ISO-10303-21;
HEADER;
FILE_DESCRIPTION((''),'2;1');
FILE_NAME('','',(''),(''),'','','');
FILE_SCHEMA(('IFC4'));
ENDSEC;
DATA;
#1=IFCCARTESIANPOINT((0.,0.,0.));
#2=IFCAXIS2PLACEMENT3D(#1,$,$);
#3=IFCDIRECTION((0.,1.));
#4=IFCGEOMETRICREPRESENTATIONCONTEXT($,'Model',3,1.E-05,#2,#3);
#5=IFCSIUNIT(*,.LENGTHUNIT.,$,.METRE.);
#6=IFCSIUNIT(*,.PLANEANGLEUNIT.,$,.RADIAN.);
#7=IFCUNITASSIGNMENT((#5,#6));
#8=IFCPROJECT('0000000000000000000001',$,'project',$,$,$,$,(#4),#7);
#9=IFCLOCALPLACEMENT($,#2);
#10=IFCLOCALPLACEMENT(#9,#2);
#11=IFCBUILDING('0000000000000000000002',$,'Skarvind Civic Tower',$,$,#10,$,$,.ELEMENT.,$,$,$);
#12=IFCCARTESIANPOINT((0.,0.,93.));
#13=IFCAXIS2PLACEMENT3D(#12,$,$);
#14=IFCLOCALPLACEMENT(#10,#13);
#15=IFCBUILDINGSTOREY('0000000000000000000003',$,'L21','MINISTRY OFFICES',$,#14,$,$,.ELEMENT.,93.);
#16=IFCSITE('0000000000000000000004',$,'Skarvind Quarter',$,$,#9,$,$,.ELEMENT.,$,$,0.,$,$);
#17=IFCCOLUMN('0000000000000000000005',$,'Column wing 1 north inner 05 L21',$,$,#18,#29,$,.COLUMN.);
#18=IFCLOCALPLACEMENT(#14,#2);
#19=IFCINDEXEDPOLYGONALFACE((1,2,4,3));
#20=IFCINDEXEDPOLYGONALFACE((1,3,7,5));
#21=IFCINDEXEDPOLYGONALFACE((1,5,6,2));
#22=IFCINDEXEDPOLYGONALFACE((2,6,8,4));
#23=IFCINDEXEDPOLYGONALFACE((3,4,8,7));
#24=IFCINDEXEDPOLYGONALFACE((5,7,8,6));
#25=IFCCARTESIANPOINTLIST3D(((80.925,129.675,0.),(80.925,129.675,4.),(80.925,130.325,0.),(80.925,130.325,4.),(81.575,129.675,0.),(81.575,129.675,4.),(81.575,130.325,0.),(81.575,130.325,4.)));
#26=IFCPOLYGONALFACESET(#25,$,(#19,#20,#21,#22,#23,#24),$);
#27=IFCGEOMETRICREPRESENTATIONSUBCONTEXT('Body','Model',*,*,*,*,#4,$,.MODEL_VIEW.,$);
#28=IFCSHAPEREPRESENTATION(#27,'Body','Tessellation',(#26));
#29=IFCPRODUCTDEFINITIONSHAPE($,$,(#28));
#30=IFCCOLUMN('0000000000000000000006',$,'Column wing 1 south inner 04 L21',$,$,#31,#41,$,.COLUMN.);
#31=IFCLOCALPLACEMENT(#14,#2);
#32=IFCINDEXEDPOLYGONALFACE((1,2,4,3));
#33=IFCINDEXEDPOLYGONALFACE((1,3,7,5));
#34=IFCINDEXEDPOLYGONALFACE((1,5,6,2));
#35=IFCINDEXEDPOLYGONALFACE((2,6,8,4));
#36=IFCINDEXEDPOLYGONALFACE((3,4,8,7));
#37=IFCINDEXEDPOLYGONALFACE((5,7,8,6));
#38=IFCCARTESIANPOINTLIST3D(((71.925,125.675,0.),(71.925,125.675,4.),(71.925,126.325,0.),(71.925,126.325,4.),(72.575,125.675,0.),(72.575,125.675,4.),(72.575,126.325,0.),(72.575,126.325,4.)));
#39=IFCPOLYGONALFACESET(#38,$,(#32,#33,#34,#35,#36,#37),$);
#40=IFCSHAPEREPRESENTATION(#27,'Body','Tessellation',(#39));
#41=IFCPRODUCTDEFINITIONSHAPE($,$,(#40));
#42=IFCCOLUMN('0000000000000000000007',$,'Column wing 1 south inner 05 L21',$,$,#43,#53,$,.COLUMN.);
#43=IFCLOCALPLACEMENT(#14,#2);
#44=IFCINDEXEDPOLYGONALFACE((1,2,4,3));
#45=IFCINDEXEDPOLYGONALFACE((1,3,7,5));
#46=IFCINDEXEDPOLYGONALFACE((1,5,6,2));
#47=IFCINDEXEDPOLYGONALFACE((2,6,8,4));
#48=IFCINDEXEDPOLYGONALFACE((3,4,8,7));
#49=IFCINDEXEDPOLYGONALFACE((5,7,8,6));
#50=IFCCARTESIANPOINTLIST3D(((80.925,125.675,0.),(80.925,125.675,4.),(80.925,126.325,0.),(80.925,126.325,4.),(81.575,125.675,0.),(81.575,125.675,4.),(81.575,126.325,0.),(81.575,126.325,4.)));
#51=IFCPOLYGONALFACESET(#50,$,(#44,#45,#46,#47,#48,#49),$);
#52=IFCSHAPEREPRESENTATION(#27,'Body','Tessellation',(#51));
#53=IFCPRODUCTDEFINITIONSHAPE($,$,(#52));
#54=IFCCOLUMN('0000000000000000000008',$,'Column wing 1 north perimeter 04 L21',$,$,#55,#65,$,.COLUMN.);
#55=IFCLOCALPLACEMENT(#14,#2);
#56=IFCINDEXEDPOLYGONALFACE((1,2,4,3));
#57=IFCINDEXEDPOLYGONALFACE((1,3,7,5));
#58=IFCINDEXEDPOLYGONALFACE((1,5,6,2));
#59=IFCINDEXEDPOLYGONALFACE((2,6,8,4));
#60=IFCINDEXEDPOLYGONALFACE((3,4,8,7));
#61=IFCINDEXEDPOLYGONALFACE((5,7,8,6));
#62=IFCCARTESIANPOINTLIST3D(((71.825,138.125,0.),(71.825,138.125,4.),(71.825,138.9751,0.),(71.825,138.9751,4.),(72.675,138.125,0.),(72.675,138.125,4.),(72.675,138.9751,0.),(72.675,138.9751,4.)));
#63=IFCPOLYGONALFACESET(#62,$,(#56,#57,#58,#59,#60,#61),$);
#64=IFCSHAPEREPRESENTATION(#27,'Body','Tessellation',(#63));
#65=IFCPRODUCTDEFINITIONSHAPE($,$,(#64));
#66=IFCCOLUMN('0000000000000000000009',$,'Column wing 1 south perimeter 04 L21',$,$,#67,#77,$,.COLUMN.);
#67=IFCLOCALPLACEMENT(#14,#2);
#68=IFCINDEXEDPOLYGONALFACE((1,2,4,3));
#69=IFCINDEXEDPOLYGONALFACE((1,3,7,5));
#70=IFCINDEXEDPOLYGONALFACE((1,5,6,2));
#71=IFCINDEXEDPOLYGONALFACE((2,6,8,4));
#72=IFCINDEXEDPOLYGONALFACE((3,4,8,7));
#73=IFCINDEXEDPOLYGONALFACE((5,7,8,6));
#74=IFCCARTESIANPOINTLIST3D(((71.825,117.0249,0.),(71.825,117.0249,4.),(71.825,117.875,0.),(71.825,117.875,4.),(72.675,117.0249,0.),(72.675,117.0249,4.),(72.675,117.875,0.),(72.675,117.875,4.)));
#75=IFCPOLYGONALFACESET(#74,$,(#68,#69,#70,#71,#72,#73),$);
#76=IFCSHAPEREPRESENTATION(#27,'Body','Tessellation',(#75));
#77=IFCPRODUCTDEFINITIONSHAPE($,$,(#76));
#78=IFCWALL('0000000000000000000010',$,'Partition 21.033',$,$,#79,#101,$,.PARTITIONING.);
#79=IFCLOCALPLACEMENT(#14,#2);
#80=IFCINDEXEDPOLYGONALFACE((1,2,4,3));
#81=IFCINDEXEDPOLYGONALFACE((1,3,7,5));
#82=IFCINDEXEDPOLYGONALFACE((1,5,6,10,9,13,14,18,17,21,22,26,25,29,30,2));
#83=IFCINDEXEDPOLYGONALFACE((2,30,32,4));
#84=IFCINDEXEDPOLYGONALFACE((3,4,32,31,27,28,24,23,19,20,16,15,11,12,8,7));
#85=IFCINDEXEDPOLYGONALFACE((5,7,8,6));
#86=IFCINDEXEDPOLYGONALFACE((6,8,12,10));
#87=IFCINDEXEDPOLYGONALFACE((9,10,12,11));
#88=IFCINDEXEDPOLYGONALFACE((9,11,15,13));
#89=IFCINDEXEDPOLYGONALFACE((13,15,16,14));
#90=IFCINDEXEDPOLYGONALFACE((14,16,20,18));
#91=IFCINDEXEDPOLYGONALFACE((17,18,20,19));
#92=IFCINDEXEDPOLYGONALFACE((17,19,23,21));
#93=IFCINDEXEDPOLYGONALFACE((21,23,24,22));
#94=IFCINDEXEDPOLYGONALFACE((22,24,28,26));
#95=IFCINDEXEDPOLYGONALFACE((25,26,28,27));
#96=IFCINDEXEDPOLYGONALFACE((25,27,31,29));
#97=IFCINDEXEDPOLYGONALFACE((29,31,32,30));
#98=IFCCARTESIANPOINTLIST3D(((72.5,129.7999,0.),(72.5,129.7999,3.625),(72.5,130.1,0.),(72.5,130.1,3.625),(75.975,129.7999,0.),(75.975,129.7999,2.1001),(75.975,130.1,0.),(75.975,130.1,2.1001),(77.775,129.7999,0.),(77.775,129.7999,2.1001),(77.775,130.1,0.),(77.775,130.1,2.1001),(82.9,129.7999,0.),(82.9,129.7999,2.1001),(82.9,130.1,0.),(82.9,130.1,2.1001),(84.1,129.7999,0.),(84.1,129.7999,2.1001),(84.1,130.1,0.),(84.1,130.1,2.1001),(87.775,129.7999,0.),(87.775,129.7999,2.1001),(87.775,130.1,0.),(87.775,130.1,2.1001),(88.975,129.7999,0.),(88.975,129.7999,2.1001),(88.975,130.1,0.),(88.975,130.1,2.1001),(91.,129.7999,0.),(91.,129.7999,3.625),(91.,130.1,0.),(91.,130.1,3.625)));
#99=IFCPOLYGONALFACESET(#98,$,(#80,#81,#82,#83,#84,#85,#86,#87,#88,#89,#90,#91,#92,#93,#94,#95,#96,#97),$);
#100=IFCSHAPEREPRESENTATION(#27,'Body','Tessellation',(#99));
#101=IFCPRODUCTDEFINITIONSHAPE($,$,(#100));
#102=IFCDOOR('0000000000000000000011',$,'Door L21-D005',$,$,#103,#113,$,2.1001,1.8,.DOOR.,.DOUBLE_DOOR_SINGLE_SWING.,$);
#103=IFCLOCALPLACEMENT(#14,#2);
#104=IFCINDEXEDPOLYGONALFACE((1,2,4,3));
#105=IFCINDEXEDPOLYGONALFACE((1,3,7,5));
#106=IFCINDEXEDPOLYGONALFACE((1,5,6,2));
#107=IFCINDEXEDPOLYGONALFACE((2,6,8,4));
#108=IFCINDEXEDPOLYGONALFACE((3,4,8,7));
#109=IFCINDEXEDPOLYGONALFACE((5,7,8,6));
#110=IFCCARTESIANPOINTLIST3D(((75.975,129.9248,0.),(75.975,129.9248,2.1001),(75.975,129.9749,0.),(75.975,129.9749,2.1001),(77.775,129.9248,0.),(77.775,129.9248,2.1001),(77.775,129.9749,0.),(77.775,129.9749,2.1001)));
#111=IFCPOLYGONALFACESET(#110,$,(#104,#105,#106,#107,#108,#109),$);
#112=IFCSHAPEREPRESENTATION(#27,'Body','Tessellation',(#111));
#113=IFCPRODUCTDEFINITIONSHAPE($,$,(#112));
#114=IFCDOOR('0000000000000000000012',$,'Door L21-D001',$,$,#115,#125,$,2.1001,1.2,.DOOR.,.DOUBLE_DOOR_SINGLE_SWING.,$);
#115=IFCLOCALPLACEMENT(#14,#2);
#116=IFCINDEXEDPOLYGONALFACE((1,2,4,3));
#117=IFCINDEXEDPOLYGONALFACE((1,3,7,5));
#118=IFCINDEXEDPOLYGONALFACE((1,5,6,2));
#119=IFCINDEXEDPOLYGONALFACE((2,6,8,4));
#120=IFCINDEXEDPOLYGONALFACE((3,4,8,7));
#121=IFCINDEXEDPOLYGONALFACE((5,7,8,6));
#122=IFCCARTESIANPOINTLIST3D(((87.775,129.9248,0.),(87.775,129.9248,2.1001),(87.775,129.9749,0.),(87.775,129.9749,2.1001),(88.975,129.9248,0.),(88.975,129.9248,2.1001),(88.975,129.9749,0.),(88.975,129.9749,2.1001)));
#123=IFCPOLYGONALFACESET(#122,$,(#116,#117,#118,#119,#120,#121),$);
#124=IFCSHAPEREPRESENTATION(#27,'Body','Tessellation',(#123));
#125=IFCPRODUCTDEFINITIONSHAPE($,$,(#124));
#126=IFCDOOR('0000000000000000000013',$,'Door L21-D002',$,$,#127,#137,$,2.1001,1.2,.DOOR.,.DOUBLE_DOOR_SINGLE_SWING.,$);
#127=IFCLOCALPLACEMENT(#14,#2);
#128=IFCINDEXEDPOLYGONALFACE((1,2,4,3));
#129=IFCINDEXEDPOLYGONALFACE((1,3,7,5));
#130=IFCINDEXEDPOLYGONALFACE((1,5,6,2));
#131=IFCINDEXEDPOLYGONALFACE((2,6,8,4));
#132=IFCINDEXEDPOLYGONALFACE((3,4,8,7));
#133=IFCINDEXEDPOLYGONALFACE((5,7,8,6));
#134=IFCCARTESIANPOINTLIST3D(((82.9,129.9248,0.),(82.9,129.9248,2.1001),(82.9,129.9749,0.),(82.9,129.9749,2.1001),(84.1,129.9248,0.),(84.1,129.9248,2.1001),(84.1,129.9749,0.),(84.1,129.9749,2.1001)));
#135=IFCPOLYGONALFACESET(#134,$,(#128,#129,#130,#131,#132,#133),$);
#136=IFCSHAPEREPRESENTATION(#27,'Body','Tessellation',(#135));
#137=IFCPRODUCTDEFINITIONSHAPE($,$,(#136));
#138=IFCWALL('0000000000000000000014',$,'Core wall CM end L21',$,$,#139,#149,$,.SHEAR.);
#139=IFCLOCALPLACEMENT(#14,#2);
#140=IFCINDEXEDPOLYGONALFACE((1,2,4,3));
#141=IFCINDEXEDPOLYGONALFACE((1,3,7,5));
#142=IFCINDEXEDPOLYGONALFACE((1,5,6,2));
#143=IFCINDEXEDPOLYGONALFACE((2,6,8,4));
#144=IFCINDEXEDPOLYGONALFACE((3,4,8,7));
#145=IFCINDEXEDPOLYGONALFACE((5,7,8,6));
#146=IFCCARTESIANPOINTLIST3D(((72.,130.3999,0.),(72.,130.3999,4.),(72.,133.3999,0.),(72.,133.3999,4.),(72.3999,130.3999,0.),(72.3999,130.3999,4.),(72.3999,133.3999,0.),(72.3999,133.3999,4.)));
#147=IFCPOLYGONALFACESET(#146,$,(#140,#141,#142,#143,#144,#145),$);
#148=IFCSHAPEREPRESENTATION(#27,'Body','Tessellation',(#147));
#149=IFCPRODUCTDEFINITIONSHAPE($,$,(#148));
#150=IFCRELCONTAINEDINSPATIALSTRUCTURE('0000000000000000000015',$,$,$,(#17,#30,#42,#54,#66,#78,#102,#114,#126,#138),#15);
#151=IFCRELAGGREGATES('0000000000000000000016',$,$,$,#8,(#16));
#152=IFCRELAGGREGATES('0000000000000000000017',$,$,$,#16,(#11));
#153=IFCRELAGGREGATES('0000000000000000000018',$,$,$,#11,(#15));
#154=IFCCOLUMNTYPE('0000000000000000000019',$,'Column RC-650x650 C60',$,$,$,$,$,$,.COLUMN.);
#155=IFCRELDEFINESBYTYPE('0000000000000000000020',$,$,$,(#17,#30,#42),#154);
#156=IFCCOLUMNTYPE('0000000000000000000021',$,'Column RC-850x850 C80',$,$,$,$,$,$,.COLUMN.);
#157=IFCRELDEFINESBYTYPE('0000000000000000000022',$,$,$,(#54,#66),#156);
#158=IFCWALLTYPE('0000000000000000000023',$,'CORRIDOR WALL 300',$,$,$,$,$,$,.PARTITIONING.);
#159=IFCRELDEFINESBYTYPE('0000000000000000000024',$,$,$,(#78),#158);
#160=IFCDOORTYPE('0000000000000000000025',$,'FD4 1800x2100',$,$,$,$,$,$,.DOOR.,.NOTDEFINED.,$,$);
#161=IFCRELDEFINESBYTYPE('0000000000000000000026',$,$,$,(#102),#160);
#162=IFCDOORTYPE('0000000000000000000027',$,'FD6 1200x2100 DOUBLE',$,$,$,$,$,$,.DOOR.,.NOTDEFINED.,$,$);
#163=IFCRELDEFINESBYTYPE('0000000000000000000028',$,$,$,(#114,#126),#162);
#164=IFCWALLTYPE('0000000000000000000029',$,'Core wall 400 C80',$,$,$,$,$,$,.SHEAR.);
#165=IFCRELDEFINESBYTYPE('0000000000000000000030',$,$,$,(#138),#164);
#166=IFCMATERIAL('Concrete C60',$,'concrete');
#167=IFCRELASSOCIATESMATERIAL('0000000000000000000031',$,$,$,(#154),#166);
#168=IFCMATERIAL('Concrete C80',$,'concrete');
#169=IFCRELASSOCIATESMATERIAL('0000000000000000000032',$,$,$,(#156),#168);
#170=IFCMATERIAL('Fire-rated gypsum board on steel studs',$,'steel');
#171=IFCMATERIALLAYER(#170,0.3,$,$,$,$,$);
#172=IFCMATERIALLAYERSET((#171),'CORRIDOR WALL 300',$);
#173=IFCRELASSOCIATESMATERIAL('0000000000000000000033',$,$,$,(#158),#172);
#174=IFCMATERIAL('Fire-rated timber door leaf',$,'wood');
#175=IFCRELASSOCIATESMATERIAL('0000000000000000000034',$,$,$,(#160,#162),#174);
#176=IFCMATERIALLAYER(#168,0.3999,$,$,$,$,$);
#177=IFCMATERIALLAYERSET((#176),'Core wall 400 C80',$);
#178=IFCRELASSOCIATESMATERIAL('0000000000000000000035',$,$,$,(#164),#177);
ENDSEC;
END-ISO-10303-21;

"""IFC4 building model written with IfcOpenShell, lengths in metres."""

from ifc_helpers import new_model, si_unit, direction, frame, frame_2d, origin, origin_2d, place, context, subcontext, project, spatial, rectangle, extrude, material, layer, layer_set, material_profile, profile_set, type_object, element, fill, save


model = new_model("IFC4")

# Units and contexts
model_context = context("Model", 3, precision=1e-05, world=origin(), true_north=direction((0.0, 1.0)))
body_context = subcontext(model_context, "Body", "Model", "MODEL_VIEW")
ifc_project = project(units=[si_unit("LENGTHUNIT", "METRE"), si_unit("PLANEANGLEUNIT", "RADIAN")], contexts=[model_context])

# Site, building, storey
site_placement = place(None, origin())
site = spatial("IfcSite", under=ifc_project, at=site_placement, Name="Skarvind Quarter", CompositionType="ELEMENT", RefElevation=0.0)
building_placement = place(site_placement, origin())
building = spatial("IfcBuilding", under=site, at=building_placement, Name="Skarvind Civic Tower", CompositionType="ELEMENT")
storey_placement = place(building_placement, frame((0.0, 0.0, 93.0)))
storey = spatial("IfcBuildingStorey", under=building, at=storey_placement, Name="L21", Description="MINISTRY OFFICES", CompositionType="ELEMENT", Elevation=93.0)

# Columns
ifc_material_1 = material(Name="Concrete C60", Category="concrete")
ifc_material_profile_1 = material_profile(ifc_material_1, rectangle(XDim=0.6499, YDim=0.6499, at=origin_2d()), Name="RC-650x650")
ifc_profile_set_1 = profile_set([ifc_material_profile_1], Name="Concrete C60")
column_type_1 = type_object("IfcColumnType", Name="Column RC-650x650 C60", PredefinedType="COLUMN", material=ifc_profile_set_1)
for number, where, z_axis, x_axis, name in (
    (1, (81.25, 130.0, 0.0), (0.0, 0.0, 1.0), (1.0, 0.0, 0.0), "Column wing 1 north inner 05 L21"),
    (2, (72.25, 126.0, 0.0), (0.0, 0.0, 1.0), (1.0, 0.0, 0.0), "Column wing 1 south inner 04 L21"),
    (3, (81.25, 126.0, 0.0), (0.0, 0.0, 1.0), (1.0, 0.0, 0.0), "Column wing 1 south inner 05 L21"),
):
    element("IfcColumn", number, at=place(storey_placement, frame(where, z_axis=z_axis, x_axis=x_axis)), inside=storey, type_object=column_type_1, Name=name, PredefinedType="COLUMN", context=body_context, shape_type="SweptSolid", body=[
        extrude(rectangle(XDim=0.6499, YDim=0.6499, at=origin_2d()), origin(), (0.0, 0.0, 1.0), 4.0),
    ])
ifc_material_2 = material(Name="Concrete C80", Category="concrete")
ifc_material_profile_2 = material_profile(ifc_material_2, rectangle(XDim=0.8501, YDim=0.8501, at=origin_2d()), Name="RC-850x850")
ifc_profile_set_2 = profile_set([ifc_material_profile_2], Name="Concrete C80")
column_type_2 = type_object("IfcColumnType", Name="Column RC-850x850 C80", PredefinedType="COLUMN", material=ifc_profile_set_2)
for number, where, z_axis, x_axis, name in (
    (4, (72.25, 138.55, 0.0), (0.0, 0.0, 1.0), (1.0, 0.0, 0.0), "Column wing 1 north perimeter 04 L21"),
    (5, (72.25, 117.45, 0.0), (0.0, 0.0, 1.0), (1.0, 0.0, 0.0), "Column wing 1 south perimeter 04 L21"),
):
    element("IfcColumn", number, at=place(storey_placement, frame(where, z_axis=z_axis, x_axis=x_axis)), inside=storey, type_object=column_type_2, Name=name, PredefinedType="COLUMN", context=body_context, shape_type="SweptSolid", body=[
        extrude(rectangle(XDim=0.8501, YDim=0.8501, at=origin_2d()), origin(), (0.0, 0.0, 1.0), 4.0),
    ])

# Wall, openings, doors
ifc_material_3 = material(Name="Fire-rated gypsum board on steel studs", Category="steel")
ifc_layer_1 = layer(ifc_material_3, 0.3)
ifc_layer_set_1 = layer_set([ifc_layer_1], Name="CORRIDOR WALL 300")
wall_type_1 = type_object("IfcWallType", Name="CORRIDOR WALL 300", PredefinedType="PARTITIONING", material=ifc_layer_set_1)
wall_1_placement = place(storey_placement, frame((72.5, 129.95, 0.0), z_axis=(0.0, 0.0, 1.0), x_axis=(1.0, 0.0, 0.0)))
wall_1 = element("IfcWall", 6, at=wall_1_placement, inside=storey, type_object=wall_type_1, Name="Partition 21.033", PredefinedType="PARTITIONING", context=body_context, shape_type="SweptSolid", body=[
    extrude(rectangle(XDim=18.5, YDim=0.3, at=frame_2d((9.25, 0.0))), origin(), (0.0, 0.0, 1.0), 3.625),
])
opening_1_placement = place(wall_1_placement, frame((15.2749, 0.0, 0.0)))
opening_1 = element("IfcOpeningElement", 7, at=opening_1_placement, cuts=wall_1, PredefinedType="OPENING", context=body_context, shape_type="SweptSolid", body=[
    extrude(rectangle(XDim=1.2, YDim=2.1001, at=frame_2d((0.6001, 1.05))), frame((0.0, 0.1599, 0.0), z_axis=(0.0, -1.0, 0.0), x_axis=(1.0, 0.0, 0.0)), (0.0, 0.0, 1.0), 0.3201),
])
opening_2_placement = place(wall_1_placement, frame((10.3999, 0.0, 0.0)))
opening_2 = element("IfcOpeningElement", 8, at=opening_2_placement, cuts=wall_1, PredefinedType="OPENING", context=body_context, shape_type="SweptSolid", body=[
    extrude(rectangle(XDim=1.2, YDim=2.1001, at=frame_2d((0.6001, 1.05))), frame((0.0, 0.1599, 0.0), z_axis=(0.0, -1.0, 0.0), x_axis=(1.0, 0.0, 0.0)), (0.0, 0.0, 1.0), 0.3201),
])
opening_3_placement = place(wall_1_placement, frame((3.4751, 0.0, 0.0)))
opening_3 = element("IfcOpeningElement", 9, at=opening_3_placement, cuts=wall_1, PredefinedType="OPENING", context=body_context, shape_type="SweptSolid", body=[
    extrude(rectangle(XDim=1.8, YDim=2.1001, at=frame_2d((0.8999, 1.05))), frame((0.0, 0.1599, 0.0), z_axis=(0.0, -1.0, 0.0), x_axis=(1.0, 0.0, 0.0)), (0.0, 0.0, 1.0), 0.3201),
])
ifc_material_4 = material(Name="Fire-rated timber door leaf", Category="wood")
door_type_1 = type_object("IfcDoorType", Name="FD4 1800x2100", OperationType="NOTDEFINED", PredefinedType="DOOR", material=ifc_material_4)
door_1_placement = place(opening_3_placement, origin())
door_1 = element("IfcDoor", 10, at=door_1_placement, inside=storey, type_object=door_type_1, Name="Door L21-D005", OperationType="DOUBLE_DOOR_SINGLE_SWING", OverallHeight=2.1001, OverallWidth=1.8, PredefinedType="DOOR", context=body_context, shape_type="SweptSolid", body=[
    extrude(rectangle(XDim=1.8, YDim=2.1001, at=frame_2d((0.8999, 1.05))), frame((0.0, 0.0249, 0.0), z_axis=(0.0, -1.0, 0.0), x_axis=(1.0, 0.0, 0.0)), (0.0, 0.0, 1.0), 0.05),
])
fill(opening_3, door_1)
door_type_2 = type_object("IfcDoorType", Name="FD6 1200x2100 DOUBLE", OperationType="NOTDEFINED", PredefinedType="DOOR", material=ifc_material_4)
door_2_placement = place(opening_1_placement, origin())
door_2 = element("IfcDoor", 11, at=door_2_placement, inside=storey, type_object=door_type_2, Name="Door L21-D001", OperationType="DOUBLE_DOOR_SINGLE_SWING", OverallHeight=2.1001, OverallWidth=1.2, PredefinedType="DOOR", context=body_context, shape_type="SweptSolid", body=[
    extrude(rectangle(XDim=1.2, YDim=2.1001, at=frame_2d((0.6001, 1.05))), frame((0.0, 0.0249, 0.0), z_axis=(0.0, -1.0, 0.0), x_axis=(1.0, 0.0, 0.0)), (0.0, 0.0, 1.0), 0.05),
])
fill(opening_1, door_2)
door_3_placement = place(opening_2_placement, origin())
door_3 = element("IfcDoor", 12, at=door_3_placement, inside=storey, type_object=door_type_2, Name="Door L21-D002", OperationType="DOUBLE_DOOR_SINGLE_SWING", OverallHeight=2.1001, OverallWidth=1.2, PredefinedType="DOOR", context=body_context, shape_type="SweptSolid", body=[
    extrude(rectangle(XDim=1.2, YDim=2.1001, at=frame_2d((0.6001, 1.05))), frame((0.0, 0.0249, 0.0), z_axis=(0.0, -1.0, 0.0), x_axis=(1.0, 0.0, 0.0)), (0.0, 0.0, 1.0), 0.05),
])
fill(opening_2, door_3)

# Wall
ifc_layer_2 = layer(ifc_material_2, 0.3999)
ifc_layer_set_2 = layer_set([ifc_layer_2], Name="Core wall 400 C80")
wall_type_2 = type_object("IfcWallType", Name="Core wall 400 C80", PredefinedType="SHEAR", material=ifc_layer_set_2)
wall_2_placement = place(storey_placement, frame((72.2, 130.3999, 0.0), z_axis=(0.0, 0.0, 1.0), x_axis=(0.0, 1.0, 0.0)))
element("IfcWall", 13, at=wall_2_placement, inside=storey, type_object=wall_type_2, Name="Core wall CM end L21", PredefinedType="SHEAR", context=body_context, shape_type="SweptSolid", body=[
    extrude(rectangle(XDim=3.0, YDim=0.3999, at=frame_2d((1.5, 0.0))), origin(), (0.0, 0.0, 1.0), 4.0),
])

save(model, "model.ifc")
